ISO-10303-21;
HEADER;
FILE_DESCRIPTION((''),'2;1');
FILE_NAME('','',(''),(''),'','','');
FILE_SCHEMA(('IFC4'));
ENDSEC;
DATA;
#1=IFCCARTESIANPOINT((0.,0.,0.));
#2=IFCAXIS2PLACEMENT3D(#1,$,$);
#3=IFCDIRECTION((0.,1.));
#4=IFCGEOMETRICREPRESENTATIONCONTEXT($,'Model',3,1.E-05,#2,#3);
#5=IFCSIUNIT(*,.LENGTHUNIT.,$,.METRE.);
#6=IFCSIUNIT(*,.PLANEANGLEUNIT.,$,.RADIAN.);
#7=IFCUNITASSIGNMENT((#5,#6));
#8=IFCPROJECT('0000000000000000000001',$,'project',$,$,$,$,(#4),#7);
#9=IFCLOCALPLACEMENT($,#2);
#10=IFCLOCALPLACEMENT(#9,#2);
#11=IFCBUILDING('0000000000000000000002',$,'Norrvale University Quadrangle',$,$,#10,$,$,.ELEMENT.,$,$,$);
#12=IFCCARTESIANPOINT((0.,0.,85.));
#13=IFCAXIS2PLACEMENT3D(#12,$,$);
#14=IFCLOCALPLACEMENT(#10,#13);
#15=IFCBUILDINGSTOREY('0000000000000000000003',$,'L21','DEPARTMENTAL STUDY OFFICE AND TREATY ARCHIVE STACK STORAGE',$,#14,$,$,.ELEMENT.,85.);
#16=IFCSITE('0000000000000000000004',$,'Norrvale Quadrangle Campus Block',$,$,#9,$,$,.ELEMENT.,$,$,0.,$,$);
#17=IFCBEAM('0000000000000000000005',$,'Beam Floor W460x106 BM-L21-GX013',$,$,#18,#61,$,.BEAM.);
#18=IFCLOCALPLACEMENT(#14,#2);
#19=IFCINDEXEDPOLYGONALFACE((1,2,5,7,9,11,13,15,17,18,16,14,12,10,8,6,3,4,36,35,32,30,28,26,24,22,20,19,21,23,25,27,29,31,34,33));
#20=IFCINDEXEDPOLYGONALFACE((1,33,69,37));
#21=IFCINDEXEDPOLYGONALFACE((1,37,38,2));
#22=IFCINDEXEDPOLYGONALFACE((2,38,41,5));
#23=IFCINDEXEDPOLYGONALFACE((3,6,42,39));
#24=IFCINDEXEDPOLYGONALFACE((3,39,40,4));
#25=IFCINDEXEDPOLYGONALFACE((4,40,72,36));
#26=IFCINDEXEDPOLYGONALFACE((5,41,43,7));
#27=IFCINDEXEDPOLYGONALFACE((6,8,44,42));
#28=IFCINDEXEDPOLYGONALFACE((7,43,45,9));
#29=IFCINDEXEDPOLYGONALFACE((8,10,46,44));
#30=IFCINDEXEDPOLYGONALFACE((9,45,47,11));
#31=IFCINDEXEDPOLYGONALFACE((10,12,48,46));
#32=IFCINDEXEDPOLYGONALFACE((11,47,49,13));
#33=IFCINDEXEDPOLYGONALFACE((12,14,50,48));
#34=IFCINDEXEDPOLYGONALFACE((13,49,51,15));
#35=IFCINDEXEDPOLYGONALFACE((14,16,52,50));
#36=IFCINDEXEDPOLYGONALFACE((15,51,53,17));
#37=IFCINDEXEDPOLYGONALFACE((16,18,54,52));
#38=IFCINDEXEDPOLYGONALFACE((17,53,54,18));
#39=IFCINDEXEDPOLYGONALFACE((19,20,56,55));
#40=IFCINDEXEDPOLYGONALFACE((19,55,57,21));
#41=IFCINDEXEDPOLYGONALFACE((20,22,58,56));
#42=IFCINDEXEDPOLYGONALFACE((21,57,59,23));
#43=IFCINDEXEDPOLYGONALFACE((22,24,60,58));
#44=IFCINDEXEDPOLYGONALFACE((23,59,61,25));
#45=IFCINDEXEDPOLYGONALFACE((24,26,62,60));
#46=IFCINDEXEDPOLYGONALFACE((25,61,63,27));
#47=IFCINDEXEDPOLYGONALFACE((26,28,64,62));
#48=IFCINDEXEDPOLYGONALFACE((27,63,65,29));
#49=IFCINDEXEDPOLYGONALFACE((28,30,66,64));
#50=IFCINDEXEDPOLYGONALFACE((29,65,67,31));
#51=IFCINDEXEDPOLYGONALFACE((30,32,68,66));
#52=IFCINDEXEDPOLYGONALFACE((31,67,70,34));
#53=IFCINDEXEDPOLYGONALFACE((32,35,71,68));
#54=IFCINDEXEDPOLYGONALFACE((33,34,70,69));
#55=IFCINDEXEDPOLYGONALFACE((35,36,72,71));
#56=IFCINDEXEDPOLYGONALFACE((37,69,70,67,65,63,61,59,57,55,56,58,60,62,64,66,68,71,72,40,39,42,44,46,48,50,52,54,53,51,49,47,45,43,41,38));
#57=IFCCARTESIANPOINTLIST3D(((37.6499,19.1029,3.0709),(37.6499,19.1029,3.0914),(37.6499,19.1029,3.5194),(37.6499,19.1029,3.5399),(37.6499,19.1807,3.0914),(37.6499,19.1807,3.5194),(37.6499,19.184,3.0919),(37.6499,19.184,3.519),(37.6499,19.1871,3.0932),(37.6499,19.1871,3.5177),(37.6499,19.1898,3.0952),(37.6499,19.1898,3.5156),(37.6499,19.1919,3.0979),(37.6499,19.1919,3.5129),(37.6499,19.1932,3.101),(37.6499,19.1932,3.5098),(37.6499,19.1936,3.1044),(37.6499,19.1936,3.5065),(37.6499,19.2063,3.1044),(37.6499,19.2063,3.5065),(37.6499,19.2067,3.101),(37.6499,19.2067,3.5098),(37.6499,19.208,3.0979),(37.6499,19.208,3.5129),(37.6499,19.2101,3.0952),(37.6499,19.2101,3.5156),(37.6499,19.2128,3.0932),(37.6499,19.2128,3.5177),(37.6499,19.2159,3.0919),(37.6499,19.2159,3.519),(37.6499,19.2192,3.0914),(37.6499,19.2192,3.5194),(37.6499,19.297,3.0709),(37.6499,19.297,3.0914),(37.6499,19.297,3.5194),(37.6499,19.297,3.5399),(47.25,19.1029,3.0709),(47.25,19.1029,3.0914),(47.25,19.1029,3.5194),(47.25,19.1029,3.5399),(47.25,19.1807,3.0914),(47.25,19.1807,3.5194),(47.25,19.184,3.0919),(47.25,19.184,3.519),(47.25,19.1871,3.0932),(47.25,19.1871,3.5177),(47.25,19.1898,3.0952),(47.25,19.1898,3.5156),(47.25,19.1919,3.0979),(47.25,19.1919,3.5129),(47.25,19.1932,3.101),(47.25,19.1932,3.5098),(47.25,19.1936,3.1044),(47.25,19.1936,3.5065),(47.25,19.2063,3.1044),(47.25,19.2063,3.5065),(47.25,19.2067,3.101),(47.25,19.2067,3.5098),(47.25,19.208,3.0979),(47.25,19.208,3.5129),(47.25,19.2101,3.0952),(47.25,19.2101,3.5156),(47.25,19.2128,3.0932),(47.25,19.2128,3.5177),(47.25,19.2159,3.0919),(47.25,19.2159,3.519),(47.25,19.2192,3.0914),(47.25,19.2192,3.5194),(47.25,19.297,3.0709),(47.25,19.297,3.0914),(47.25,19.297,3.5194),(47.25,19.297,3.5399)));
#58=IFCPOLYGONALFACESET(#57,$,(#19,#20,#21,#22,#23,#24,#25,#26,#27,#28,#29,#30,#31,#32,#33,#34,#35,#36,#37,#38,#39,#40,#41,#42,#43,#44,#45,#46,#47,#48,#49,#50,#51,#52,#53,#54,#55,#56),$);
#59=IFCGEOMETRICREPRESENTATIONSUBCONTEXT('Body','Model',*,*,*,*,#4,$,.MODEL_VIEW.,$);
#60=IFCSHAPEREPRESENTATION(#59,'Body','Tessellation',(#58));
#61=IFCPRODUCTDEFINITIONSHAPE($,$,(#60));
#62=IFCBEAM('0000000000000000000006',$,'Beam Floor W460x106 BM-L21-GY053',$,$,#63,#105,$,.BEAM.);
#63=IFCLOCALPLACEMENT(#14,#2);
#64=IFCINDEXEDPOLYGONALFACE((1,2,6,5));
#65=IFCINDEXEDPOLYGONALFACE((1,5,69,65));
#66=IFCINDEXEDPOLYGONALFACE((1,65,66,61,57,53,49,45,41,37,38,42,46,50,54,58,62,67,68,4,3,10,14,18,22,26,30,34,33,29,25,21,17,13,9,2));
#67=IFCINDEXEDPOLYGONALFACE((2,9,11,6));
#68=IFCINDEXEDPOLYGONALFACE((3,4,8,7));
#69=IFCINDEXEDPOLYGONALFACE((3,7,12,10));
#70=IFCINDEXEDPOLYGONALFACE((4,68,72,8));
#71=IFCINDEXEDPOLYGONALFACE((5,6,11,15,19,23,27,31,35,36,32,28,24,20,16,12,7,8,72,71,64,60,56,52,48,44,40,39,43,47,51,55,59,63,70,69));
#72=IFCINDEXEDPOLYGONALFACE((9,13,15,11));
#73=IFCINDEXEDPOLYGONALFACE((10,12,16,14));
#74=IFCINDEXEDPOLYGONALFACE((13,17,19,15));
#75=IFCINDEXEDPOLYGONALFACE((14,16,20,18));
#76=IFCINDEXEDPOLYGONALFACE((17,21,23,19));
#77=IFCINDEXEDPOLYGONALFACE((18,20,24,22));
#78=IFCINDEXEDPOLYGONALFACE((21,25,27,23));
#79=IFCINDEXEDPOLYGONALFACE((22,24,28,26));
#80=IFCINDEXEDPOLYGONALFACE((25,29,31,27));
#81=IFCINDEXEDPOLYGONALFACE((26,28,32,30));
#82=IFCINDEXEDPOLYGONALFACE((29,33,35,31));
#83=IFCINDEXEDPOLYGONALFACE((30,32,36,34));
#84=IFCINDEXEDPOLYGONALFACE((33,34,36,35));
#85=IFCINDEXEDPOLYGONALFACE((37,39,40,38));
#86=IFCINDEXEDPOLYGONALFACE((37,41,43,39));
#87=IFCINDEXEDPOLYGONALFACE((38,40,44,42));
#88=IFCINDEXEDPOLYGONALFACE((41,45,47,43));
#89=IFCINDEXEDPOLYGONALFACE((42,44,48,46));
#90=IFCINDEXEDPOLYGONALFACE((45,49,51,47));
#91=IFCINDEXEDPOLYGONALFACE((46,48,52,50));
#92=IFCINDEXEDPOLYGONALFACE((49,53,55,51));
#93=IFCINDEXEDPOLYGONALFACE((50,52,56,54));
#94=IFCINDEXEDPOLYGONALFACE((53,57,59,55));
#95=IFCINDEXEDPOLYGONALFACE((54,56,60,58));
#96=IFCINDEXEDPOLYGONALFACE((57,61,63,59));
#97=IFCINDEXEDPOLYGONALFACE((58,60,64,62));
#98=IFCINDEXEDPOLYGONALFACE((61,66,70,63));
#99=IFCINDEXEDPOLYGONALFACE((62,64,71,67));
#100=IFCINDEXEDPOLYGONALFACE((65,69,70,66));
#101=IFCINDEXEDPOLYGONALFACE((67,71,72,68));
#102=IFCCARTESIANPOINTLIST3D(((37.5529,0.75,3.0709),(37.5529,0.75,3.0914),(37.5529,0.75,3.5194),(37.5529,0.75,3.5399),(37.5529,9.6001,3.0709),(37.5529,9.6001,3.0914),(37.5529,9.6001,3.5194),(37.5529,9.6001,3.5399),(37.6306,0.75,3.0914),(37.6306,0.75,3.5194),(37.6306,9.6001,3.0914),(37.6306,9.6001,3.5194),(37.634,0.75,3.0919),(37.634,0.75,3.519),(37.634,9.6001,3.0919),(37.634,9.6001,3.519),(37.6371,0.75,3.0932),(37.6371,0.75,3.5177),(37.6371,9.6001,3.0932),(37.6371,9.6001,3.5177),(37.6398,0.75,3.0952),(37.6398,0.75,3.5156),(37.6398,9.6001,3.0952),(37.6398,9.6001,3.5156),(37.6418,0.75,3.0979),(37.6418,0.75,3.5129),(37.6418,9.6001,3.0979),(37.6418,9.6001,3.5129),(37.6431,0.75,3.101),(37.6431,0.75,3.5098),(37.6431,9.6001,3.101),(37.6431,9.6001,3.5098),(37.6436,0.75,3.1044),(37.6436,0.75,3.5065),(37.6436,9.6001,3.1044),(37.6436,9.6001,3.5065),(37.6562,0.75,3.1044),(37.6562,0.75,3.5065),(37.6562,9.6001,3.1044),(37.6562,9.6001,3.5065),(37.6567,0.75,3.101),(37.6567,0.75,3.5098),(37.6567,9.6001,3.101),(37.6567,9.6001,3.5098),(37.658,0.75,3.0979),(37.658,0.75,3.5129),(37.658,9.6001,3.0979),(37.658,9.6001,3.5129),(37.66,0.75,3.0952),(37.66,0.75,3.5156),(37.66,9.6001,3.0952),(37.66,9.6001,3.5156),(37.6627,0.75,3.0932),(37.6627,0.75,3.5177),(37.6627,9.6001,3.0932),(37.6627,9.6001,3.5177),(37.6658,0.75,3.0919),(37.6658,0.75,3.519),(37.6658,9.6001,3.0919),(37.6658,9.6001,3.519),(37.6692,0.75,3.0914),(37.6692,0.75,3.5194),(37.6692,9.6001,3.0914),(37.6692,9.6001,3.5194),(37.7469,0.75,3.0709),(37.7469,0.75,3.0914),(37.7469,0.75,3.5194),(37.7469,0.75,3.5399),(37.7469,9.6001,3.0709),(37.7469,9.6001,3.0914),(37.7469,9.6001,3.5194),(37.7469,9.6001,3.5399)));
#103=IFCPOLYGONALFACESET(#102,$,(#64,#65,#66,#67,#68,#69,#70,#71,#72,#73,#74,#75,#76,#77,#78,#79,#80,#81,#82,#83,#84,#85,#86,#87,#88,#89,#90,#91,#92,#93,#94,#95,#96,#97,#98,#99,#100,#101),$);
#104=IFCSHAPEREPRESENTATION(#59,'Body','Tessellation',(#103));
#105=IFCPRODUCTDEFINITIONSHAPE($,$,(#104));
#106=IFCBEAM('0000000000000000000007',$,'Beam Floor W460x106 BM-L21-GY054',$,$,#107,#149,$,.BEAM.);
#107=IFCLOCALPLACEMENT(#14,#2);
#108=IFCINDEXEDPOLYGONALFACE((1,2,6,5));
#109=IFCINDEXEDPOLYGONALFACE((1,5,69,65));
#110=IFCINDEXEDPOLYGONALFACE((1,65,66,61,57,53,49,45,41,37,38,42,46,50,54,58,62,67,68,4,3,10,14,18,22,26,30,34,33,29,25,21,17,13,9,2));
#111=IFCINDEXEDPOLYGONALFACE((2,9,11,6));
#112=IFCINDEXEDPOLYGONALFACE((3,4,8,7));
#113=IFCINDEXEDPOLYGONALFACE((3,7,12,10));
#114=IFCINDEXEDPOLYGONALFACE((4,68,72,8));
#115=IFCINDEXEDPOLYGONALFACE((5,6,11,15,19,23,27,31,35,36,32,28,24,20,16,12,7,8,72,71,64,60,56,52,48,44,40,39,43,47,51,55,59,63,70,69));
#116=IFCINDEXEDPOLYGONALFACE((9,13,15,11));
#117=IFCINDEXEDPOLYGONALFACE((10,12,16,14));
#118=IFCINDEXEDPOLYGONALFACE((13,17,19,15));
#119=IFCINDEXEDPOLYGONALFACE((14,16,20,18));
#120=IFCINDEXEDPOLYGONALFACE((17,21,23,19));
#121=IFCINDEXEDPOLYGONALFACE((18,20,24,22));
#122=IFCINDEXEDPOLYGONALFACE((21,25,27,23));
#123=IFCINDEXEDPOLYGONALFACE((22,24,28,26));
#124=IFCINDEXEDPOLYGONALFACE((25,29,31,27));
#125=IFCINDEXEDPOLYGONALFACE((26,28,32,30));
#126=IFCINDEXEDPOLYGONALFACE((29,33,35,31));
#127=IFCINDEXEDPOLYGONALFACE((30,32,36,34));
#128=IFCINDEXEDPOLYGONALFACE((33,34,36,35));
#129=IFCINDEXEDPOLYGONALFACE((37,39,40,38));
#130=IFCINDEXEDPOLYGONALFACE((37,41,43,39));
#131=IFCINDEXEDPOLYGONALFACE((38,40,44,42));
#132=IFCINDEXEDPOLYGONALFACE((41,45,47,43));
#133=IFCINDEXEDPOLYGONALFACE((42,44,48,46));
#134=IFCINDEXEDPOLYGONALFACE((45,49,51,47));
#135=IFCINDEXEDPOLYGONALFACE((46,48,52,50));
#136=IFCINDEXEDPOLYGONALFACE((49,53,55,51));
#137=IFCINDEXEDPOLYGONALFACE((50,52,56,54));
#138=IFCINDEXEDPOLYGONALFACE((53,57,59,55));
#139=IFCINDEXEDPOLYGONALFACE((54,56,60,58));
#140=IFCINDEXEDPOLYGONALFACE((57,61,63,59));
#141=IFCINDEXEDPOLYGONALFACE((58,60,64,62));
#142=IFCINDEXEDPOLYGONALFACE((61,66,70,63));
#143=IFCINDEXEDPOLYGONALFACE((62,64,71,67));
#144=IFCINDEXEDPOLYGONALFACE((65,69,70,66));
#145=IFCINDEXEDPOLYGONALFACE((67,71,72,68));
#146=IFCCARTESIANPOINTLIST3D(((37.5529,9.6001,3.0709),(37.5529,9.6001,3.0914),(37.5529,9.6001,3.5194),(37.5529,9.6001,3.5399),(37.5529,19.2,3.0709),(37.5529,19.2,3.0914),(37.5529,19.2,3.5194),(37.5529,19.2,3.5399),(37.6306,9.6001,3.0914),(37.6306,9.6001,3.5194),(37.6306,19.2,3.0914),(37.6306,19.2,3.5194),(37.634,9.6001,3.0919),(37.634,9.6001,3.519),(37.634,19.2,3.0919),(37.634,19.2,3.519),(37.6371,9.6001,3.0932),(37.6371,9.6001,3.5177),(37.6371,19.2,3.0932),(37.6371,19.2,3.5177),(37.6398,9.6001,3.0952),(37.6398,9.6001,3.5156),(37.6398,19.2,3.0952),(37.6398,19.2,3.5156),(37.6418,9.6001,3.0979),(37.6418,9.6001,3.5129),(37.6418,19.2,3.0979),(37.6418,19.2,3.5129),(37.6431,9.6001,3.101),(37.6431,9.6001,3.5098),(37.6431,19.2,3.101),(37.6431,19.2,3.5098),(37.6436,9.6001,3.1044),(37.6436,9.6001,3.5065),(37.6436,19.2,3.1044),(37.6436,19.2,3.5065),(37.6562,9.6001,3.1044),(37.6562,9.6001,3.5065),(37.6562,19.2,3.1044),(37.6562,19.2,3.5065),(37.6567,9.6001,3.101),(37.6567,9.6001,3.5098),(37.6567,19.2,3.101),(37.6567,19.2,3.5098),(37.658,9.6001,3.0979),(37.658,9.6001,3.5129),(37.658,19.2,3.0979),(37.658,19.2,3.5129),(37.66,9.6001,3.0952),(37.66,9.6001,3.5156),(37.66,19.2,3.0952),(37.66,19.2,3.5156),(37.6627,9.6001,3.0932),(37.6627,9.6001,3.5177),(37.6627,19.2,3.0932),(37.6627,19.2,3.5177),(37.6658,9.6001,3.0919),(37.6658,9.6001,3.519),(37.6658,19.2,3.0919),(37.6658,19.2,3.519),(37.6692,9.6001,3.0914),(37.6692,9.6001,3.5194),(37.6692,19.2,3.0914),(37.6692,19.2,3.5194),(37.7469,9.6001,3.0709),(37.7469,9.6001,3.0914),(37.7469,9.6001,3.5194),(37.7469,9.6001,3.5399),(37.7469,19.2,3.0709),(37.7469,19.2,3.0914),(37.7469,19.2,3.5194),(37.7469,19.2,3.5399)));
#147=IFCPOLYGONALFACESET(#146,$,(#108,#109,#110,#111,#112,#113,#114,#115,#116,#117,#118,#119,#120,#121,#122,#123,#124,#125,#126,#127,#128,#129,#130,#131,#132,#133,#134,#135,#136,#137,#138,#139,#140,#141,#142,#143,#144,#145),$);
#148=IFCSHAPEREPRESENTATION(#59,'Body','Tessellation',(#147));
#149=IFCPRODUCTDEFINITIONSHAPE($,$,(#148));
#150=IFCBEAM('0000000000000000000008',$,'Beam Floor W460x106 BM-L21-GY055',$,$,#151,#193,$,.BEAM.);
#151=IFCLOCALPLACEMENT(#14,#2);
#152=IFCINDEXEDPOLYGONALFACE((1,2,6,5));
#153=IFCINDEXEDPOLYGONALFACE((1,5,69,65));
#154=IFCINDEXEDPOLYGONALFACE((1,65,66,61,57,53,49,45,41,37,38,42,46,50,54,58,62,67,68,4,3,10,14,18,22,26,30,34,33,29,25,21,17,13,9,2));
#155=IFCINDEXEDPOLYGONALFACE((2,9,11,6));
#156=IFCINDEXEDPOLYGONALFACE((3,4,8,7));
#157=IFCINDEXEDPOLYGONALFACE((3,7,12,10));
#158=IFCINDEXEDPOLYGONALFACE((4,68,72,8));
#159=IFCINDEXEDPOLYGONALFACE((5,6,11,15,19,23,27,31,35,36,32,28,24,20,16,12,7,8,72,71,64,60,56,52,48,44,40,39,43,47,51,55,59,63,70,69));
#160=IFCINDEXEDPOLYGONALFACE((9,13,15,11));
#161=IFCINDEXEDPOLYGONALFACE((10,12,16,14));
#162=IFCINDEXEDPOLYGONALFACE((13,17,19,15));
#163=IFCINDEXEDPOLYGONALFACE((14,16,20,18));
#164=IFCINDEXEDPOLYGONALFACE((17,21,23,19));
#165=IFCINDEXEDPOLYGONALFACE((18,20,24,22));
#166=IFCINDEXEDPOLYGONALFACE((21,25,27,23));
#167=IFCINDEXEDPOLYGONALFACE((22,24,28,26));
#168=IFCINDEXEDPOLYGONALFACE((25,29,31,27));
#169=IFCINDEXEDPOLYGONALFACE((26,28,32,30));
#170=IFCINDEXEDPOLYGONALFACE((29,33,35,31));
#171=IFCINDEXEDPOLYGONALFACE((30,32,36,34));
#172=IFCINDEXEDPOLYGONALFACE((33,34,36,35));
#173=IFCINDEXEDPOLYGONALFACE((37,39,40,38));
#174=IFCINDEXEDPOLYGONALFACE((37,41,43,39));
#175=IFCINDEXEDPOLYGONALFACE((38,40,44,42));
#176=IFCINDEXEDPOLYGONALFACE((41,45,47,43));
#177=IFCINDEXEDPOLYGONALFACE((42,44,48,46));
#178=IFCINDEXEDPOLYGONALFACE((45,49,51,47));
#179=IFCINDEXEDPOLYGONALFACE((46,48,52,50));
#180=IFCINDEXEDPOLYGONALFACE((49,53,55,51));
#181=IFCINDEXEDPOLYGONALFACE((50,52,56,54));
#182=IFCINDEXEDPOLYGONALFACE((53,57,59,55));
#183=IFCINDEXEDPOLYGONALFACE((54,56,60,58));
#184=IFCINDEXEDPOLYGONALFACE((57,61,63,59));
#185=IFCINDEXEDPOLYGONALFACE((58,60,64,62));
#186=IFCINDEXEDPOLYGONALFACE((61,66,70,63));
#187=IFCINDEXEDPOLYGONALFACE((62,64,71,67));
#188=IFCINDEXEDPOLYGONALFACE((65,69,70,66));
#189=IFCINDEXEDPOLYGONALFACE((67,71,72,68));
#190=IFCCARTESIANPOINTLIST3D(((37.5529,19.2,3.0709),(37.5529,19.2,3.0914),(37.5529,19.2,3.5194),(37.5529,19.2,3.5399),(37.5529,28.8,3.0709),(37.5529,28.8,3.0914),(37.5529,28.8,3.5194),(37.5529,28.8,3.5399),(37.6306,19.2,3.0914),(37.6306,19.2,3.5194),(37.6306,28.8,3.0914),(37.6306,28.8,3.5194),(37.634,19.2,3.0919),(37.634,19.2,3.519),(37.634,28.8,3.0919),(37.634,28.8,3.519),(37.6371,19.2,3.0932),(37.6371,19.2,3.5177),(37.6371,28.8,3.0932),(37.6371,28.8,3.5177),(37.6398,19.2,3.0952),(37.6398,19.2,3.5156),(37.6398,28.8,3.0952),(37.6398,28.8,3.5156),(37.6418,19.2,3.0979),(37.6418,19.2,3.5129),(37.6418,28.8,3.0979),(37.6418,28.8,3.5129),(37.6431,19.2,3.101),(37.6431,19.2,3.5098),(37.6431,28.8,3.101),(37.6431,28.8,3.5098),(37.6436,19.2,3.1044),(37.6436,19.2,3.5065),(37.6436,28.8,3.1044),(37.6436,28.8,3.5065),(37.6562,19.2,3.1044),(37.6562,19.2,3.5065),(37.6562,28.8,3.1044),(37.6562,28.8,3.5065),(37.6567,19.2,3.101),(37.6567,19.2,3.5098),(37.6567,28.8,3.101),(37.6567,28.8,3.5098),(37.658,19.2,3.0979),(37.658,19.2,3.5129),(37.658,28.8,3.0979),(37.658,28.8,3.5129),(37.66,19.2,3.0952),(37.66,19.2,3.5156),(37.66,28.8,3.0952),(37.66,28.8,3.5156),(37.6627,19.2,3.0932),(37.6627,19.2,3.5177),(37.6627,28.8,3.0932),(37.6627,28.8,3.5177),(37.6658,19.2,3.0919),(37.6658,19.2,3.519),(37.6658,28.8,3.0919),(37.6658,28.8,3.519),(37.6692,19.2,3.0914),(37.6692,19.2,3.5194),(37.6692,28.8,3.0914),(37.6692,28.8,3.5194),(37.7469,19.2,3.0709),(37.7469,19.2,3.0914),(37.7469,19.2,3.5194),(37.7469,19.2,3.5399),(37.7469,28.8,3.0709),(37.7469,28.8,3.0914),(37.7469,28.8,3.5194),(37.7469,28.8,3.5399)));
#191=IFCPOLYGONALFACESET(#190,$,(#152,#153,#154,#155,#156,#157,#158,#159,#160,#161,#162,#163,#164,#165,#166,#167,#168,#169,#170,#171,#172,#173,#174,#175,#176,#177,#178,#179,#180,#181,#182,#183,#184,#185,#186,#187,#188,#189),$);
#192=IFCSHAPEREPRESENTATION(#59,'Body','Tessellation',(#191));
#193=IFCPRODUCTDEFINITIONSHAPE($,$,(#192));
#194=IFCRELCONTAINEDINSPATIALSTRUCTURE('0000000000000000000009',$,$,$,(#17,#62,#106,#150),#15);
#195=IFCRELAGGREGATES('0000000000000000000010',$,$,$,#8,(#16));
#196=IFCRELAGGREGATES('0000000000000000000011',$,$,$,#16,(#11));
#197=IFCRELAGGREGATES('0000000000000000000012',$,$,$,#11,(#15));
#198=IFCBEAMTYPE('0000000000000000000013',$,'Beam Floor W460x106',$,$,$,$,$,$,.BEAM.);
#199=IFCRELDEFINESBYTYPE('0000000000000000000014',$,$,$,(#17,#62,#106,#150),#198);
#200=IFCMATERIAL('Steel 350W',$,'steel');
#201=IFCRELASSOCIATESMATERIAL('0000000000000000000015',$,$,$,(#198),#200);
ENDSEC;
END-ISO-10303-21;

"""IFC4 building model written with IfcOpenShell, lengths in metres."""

from ifc_helpers import new_model, si_unit, direction, frame, origin, origin_2d, place, context, subcontext, project, spatial, i_section, extrude, material, material_profile, profile_set, type_object, element, save


model = new_model("IFC4")

# Units and contexts
model_context = context("Model", 3, precision=1e-05, world=origin(), true_north=direction((0.0, 1.0)))
body_context = subcontext(model_context, "Body", "Model", "MODEL_VIEW")
ifc_project = project(units=[si_unit("LENGTHUNIT", "METRE"), si_unit("PLANEANGLEUNIT", "RADIAN")], contexts=[model_context])

# Site, building, storey
site_placement = place(None, origin())
site = spatial("IfcSite", under=ifc_project, at=site_placement, Name="Norrvale Quadrangle Campus Block", CompositionType="ELEMENT", RefElevation=0.0)
building_placement = place(site_placement, origin())
building = spatial("IfcBuilding", under=site, at=building_placement, Name="Norrvale University Quadrangle", CompositionType="ELEMENT")
storey_placement = place(building_placement, frame((0.0, 0.0, 85.0)))
storey = spatial("IfcBuildingStorey", under=building, at=storey_placement, Name="L21", Description="DEPARTMENTAL STUDY OFFICE AND TREATY ARCHIVE STACK STORAGE", CompositionType="ELEMENT", Elevation=85.0)

# Beams
ifc_material_1 = material(Name="Steel 350W", Category="steel")
ifc_material_profile_1 = material_profile(ifc_material_1, i_section(OverallWidth=0.1941, OverallDepth=0.469, WebThickness=0.0127, FlangeThickness=0.0205, FilletRadius=0.0129, at=origin_2d()), Name="Steel 350W")
ifc_profile_set_1 = profile_set([ifc_material_profile_1], Name="Steel 350W")
beam_type_1 = type_object("IfcBeamType", Name="Beam Floor W460x106", PredefinedType="BEAM", material=ifc_profile_set_1)
for number, where, z_axis, x_axis, name in (
    (1, (37.6499, 19.2, 3.3054), (1.0, 0.0, 0.0), (0.0, 1.0, 0.0), "Beam Floor W460x106 BM-L21-GX013"),
):
    element("IfcBeam", number, at=place(storey_placement, frame(where, z_axis=z_axis, x_axis=x_axis)), inside=storey, type_object=beam_type_1, Name=name, PredefinedType="BEAM", context=body_context, shape_type="SweptSolid", body=[
        extrude(i_section(OverallWidth=0.1941, OverallDepth=0.469, WebThickness=0.0127, FlangeThickness=0.0205, FilletRadius=0.0129, at=origin_2d()), origin(), (0.0, 0.0, 1.0), 9.6001),
    ])
beam_1_placement = place(storey_placement, frame((37.6499, 0.75, 3.3054), z_axis=(0.0, 1.0, 0.0), x_axis=(-1.0, 0.0, 0.0)))
element("IfcBeam", 2, at=beam_1_placement, inside=storey, type_object=beam_type_1, Name="Beam Floor W460x106 BM-L21-GY053", PredefinedType="BEAM", context=body_context, shape_type="SweptSolid", body=[
    extrude(i_section(OverallWidth=0.1941, OverallDepth=0.469, WebThickness=0.0127, FlangeThickness=0.0205, FilletRadius=0.0129, at=origin_2d()), origin(), (0.0, 0.0, 1.0), 8.8501),
])
beam_2_placement = place(storey_placement, frame((37.6499, 9.6001, 3.3054), z_axis=(0.0, 1.0, 0.0), x_axis=(-1.0, 0.0, 0.0)))
element("IfcBeam", 3, at=beam_2_placement, inside=storey, type_object=beam_type_1, Name="Beam Floor W460x106 BM-L21-GY054", PredefinedType="BEAM", context=body_context, shape_type="SweptSolid", body=[
    extrude(i_section(OverallWidth=0.1941, OverallDepth=0.469, WebThickness=0.0127, FlangeThickness=0.0205, FilletRadius=0.0129, at=origin_2d()), origin(), (0.0, 0.0, 1.0), 9.5999),
])
beam_3_placement = place(storey_placement, frame((37.6499, 19.2, 3.3054), z_axis=(0.0, 1.0, 0.0), x_axis=(-1.0, 0.0, 0.0)))
element("IfcBeam", 4, at=beam_3_placement, inside=storey, type_object=beam_type_1, Name="Beam Floor W460x106 BM-L21-GY055", PredefinedType="BEAM", context=body_context, shape_type="SweptSolid", body=[
    extrude(i_section(OverallWidth=0.1941, OverallDepth=0.469, WebThickness=0.0127, FlangeThickness=0.0205, FilletRadius=0.0129, at=origin_2d()), origin(), (0.0, 0.0, 1.0), 9.6001),
])

save(model, "model.ifc")
